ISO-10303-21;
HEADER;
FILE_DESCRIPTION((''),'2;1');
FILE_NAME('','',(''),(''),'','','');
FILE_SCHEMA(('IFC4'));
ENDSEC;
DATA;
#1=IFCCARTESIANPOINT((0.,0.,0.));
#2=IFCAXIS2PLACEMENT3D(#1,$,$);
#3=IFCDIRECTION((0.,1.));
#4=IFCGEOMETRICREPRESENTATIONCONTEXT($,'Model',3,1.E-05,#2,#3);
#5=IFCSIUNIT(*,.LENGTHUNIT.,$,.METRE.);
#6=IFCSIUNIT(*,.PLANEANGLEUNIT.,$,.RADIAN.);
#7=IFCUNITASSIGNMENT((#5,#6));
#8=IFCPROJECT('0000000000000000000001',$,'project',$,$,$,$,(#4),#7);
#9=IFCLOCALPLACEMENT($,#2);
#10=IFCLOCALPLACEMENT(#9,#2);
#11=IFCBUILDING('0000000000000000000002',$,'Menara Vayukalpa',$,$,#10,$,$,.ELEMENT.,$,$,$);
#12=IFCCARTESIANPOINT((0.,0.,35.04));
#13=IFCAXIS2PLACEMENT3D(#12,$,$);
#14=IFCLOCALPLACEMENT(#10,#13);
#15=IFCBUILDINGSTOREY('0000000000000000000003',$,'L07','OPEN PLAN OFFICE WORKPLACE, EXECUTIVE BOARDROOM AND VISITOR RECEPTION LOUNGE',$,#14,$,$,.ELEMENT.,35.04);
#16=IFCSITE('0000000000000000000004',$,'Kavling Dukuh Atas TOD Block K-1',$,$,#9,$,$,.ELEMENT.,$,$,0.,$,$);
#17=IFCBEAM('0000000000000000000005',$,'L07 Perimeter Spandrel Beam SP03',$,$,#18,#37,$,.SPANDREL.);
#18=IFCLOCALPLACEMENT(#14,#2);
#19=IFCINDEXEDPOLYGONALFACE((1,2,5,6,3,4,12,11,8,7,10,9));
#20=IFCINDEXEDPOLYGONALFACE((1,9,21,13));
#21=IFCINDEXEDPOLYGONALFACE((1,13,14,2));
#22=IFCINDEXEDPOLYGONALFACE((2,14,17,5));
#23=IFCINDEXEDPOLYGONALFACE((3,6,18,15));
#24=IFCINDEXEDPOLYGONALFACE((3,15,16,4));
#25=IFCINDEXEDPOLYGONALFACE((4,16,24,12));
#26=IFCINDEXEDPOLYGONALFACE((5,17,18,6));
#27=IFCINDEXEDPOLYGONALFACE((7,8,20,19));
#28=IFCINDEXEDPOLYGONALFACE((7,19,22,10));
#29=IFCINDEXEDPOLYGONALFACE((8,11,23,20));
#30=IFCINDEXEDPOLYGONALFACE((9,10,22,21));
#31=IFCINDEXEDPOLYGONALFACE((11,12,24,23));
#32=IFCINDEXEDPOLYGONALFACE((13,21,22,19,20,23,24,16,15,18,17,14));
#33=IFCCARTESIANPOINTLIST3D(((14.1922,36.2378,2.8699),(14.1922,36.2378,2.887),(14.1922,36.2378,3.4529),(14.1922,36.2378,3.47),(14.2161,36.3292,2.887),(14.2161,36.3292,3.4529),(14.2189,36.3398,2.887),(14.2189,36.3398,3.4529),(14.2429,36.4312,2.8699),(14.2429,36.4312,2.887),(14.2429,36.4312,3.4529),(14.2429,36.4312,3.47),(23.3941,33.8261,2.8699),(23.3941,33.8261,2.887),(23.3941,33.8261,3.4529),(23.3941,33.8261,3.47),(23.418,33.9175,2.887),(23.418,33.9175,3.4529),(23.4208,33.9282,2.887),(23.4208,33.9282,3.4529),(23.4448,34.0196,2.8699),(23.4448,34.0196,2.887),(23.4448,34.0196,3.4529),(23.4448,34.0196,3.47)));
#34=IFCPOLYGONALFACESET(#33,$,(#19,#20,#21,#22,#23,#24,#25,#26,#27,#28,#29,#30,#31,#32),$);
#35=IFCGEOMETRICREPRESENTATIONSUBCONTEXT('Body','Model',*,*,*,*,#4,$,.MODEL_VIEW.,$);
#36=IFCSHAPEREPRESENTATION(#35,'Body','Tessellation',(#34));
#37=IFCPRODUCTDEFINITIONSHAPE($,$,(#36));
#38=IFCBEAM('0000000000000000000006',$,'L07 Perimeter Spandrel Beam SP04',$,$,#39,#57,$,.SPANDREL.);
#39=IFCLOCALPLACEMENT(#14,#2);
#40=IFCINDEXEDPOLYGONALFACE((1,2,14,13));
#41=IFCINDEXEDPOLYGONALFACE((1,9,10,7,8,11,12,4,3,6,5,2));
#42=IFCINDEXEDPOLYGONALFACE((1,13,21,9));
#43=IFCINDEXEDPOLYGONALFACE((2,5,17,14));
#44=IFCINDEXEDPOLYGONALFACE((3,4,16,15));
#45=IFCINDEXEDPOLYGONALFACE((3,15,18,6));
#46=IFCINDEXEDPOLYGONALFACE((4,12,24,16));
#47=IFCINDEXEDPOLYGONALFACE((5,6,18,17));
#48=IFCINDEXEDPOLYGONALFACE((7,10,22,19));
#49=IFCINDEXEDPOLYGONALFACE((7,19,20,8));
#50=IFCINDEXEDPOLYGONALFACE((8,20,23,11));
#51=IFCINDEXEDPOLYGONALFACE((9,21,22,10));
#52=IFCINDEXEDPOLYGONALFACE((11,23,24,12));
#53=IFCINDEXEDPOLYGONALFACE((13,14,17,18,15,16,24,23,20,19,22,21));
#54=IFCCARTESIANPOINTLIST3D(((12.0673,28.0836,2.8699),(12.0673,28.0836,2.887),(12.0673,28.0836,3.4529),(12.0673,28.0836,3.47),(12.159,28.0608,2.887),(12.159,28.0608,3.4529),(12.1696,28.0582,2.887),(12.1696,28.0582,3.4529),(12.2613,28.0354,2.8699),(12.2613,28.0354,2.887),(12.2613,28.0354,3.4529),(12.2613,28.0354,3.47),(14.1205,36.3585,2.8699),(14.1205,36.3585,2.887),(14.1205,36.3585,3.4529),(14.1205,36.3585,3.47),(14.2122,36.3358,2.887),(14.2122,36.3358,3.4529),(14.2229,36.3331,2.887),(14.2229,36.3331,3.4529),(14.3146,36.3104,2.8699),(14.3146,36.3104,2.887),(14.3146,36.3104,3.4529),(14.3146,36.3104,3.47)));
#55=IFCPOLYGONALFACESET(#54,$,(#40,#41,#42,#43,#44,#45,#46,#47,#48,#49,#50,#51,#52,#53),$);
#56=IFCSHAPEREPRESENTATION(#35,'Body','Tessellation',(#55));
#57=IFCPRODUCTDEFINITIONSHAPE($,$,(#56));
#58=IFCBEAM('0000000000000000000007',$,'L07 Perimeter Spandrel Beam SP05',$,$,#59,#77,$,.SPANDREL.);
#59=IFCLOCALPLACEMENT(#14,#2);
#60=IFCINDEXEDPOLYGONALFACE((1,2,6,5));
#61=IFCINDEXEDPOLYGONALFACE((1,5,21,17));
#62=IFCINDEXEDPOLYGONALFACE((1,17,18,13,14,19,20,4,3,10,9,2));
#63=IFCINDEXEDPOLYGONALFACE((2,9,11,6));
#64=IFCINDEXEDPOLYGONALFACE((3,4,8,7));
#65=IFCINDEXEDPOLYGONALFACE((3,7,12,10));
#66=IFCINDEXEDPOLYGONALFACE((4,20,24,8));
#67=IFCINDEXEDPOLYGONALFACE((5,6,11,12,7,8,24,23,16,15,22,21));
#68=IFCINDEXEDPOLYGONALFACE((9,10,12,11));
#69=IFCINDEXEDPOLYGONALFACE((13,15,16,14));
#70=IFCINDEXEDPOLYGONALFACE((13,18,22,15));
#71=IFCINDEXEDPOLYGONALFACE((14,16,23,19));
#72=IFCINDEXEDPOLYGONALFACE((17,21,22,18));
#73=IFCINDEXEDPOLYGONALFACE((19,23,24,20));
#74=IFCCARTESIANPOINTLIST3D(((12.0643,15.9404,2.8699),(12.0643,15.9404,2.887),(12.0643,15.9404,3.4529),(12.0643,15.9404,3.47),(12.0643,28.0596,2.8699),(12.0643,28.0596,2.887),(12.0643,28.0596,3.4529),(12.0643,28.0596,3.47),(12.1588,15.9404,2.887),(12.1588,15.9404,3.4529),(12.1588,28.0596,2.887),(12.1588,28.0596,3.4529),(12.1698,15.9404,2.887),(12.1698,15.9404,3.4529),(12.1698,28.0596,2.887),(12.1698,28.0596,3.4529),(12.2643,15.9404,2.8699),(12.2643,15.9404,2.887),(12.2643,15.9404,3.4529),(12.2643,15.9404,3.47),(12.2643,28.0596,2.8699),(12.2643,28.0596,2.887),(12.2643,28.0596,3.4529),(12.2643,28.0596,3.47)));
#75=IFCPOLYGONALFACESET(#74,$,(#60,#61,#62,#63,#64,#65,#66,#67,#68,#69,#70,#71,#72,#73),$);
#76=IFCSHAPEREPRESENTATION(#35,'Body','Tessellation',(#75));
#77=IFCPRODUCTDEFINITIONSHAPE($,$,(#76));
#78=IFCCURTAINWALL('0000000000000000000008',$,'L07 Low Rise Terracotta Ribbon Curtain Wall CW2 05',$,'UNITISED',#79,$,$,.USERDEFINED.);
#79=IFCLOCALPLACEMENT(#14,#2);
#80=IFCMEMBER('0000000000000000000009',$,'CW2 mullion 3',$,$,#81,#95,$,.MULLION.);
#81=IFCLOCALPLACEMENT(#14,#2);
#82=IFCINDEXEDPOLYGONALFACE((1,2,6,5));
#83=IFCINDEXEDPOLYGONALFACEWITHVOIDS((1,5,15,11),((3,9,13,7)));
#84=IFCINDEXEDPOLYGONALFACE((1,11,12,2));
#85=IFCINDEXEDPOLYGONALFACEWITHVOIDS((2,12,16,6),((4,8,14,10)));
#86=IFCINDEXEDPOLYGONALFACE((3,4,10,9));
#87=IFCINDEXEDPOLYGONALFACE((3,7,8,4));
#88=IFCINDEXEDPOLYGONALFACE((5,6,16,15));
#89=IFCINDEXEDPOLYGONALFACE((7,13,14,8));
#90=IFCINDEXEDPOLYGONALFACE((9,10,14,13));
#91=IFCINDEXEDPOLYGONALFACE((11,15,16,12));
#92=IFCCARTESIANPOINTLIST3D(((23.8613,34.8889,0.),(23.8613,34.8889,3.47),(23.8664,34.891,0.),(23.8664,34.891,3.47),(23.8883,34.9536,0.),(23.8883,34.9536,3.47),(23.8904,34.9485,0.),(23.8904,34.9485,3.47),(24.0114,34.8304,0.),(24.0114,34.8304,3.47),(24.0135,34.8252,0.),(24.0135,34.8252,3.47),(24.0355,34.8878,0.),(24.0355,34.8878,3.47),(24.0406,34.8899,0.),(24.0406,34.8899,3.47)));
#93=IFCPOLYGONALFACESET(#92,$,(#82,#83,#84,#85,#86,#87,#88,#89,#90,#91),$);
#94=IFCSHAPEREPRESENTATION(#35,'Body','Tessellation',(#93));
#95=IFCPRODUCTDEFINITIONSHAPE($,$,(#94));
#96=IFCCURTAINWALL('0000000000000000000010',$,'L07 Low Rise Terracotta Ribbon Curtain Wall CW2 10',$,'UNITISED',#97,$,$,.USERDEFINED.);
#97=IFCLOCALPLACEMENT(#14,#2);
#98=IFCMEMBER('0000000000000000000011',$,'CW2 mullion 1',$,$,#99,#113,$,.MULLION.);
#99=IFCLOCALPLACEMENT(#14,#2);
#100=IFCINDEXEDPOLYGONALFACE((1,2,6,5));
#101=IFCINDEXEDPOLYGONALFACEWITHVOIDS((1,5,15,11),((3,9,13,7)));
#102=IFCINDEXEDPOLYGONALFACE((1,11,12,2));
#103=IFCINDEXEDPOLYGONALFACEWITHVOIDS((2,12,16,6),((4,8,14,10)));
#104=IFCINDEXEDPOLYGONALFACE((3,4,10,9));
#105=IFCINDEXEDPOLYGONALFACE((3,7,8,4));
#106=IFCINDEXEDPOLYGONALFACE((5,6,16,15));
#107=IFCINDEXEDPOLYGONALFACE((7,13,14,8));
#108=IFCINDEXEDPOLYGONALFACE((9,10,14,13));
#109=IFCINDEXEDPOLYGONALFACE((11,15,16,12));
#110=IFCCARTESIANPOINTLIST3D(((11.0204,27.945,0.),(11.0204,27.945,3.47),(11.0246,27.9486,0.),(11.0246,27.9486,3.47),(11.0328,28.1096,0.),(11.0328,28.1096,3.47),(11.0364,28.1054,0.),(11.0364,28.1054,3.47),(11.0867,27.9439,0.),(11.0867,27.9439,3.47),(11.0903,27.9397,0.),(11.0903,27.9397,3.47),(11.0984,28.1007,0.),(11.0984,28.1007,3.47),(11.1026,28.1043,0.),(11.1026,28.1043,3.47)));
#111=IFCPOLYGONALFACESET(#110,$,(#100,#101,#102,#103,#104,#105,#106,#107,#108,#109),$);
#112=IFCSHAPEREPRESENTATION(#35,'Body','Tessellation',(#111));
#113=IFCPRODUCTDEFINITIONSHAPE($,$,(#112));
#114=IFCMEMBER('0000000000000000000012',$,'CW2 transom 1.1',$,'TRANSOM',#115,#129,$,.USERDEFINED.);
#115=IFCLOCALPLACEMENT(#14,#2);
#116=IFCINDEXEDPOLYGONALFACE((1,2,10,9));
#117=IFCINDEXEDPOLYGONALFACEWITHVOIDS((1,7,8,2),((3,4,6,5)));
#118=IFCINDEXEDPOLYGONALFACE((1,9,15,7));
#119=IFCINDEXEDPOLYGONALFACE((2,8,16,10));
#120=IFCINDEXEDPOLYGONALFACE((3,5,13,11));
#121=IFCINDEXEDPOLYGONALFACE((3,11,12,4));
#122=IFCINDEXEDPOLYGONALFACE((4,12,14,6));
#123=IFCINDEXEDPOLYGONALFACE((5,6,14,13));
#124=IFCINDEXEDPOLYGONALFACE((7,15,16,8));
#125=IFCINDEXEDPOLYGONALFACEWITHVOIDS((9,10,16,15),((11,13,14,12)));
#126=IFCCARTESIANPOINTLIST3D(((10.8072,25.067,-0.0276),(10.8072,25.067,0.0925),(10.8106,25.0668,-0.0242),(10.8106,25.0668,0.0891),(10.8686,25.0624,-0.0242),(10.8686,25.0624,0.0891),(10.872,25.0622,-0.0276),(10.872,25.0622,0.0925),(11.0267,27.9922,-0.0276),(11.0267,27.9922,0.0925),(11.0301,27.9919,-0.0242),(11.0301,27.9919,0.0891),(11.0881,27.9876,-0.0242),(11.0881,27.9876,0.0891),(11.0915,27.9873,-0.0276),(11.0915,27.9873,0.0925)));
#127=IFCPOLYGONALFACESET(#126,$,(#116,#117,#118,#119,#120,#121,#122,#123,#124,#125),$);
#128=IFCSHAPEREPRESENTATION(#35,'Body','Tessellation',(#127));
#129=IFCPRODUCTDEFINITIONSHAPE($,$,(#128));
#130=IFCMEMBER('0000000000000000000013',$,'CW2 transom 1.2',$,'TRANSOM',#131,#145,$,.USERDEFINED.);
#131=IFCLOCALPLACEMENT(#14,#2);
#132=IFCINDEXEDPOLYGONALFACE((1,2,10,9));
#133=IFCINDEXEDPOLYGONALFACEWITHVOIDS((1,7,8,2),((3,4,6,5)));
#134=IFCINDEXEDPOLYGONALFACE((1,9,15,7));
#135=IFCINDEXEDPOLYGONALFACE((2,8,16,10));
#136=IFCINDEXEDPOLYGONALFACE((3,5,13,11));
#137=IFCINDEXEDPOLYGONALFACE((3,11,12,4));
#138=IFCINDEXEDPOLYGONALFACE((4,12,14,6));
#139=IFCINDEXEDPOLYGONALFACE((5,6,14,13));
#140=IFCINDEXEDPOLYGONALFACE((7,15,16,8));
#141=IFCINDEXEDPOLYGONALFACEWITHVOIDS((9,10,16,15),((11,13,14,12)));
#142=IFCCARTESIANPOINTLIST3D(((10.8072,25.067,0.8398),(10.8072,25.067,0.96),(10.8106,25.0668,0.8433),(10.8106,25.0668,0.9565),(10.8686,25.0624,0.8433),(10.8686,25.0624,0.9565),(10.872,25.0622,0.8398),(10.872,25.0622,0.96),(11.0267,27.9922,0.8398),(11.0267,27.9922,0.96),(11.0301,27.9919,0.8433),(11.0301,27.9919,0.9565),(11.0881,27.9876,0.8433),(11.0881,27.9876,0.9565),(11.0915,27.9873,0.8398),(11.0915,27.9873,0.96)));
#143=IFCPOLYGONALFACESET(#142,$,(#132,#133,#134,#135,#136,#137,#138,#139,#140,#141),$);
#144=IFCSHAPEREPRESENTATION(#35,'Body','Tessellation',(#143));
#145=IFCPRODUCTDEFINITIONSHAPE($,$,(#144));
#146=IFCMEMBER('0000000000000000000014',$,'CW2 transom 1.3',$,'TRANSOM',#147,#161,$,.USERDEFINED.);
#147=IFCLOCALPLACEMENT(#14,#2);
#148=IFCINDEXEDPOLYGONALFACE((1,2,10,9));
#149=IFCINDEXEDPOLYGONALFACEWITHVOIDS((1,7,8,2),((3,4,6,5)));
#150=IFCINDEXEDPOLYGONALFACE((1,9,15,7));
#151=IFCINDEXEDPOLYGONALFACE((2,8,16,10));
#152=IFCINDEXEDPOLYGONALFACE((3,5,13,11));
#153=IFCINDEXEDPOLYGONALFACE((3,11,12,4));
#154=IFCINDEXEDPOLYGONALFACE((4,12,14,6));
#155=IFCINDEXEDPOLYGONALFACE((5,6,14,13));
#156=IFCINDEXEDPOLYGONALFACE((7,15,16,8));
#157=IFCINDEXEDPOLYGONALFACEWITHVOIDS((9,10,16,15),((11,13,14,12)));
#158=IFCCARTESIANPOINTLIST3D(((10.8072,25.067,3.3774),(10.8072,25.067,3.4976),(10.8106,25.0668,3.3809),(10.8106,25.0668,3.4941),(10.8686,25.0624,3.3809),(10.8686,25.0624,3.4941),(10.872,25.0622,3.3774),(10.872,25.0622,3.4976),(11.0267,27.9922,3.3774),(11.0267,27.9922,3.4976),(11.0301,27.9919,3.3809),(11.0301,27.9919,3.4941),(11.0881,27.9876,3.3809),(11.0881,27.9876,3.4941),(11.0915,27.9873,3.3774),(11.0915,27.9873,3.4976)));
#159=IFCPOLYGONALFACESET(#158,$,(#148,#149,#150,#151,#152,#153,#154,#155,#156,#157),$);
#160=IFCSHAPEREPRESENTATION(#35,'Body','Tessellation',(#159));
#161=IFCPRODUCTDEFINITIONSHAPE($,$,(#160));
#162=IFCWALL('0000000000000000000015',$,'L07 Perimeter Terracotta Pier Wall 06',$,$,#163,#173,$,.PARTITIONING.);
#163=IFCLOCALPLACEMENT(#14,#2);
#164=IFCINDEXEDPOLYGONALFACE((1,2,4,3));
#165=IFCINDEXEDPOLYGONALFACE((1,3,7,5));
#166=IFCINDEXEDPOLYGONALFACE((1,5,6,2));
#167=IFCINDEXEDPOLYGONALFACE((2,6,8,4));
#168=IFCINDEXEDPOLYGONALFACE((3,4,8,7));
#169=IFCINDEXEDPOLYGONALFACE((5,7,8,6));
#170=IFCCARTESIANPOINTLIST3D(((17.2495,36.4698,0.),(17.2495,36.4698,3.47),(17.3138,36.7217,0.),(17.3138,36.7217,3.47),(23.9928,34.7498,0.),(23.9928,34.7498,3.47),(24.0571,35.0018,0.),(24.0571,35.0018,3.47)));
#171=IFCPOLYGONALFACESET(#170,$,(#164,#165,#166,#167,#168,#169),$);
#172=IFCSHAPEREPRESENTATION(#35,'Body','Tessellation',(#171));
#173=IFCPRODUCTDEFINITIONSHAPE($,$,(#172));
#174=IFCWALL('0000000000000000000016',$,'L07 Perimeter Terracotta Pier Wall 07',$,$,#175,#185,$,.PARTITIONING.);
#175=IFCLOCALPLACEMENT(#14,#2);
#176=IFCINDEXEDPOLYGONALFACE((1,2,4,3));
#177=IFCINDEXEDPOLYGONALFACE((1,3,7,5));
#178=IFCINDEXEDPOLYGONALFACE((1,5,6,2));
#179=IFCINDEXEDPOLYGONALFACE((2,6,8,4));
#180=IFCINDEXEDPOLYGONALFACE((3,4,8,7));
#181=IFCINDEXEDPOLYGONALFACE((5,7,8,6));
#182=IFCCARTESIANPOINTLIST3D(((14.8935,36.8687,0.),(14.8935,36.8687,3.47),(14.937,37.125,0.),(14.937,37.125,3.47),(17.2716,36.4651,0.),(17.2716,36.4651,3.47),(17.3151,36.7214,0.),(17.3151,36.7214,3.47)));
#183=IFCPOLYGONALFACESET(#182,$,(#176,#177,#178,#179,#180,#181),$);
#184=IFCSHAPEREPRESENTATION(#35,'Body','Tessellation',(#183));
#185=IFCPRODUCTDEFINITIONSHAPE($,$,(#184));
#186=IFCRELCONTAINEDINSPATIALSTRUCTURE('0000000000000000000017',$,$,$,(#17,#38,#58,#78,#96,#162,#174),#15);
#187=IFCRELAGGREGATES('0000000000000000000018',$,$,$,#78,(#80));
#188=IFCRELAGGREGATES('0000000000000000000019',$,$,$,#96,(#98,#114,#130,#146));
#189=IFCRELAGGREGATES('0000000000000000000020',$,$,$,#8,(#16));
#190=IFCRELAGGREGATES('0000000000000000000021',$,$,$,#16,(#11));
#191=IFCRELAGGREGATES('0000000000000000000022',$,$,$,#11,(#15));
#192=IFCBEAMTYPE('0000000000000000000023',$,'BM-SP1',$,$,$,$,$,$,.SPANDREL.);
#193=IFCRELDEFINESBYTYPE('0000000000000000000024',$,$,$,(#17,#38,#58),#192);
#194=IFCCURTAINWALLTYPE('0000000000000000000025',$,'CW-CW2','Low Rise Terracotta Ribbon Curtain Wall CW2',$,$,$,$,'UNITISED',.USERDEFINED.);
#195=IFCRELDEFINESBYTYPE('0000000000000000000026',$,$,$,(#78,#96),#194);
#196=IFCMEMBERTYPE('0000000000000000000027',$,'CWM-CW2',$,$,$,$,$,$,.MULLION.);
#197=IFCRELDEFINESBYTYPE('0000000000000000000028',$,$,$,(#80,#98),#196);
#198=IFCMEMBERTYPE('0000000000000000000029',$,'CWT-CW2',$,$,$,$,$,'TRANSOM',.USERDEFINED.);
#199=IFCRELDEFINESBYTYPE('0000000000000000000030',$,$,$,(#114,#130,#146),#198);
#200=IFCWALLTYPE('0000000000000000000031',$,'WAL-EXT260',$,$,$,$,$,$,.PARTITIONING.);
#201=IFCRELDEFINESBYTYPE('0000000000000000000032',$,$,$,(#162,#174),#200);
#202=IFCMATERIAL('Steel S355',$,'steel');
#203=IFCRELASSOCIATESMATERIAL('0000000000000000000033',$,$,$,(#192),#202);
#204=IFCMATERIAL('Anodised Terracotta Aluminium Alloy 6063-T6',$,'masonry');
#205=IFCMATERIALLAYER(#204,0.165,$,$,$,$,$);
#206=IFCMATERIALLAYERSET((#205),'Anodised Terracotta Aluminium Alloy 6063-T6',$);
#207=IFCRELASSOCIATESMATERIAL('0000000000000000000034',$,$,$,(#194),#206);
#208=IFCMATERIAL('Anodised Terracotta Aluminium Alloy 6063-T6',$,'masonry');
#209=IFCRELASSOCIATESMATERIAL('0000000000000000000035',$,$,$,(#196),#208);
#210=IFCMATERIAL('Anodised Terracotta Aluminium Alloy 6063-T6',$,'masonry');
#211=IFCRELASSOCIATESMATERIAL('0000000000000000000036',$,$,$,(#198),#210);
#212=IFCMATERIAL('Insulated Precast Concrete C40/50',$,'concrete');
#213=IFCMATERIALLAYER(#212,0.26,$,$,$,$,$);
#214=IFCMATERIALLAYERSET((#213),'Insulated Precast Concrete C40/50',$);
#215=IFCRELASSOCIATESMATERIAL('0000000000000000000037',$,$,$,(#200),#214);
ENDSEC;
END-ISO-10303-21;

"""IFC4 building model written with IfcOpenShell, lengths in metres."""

from ifc_helpers import new_model, si_unit, direction, frame, frame_2d, origin, origin_2d, place, context, subcontext, project, spatial, rectangle, hollow_rectangle, i_section, extrude, material, layer, layer_set, material_profile, profile_set, type_object, element, aggregate, save


model = new_model("IFC4")

# Units and contexts
model_context = context("Model", 3, precision=1e-05, world=origin(), true_north=direction((0.0, 1.0)))
body_context = subcontext(model_context, "Body", "Model", "MODEL_VIEW")
ifc_project = project(units=[si_unit("LENGTHUNIT", "METRE"), si_unit("PLANEANGLEUNIT", "RADIAN")], contexts=[model_context])

# Site, building, storey
site_placement = place(None, origin())
site = spatial("IfcSite", under=ifc_project, at=site_placement, Name="Kavling Dukuh Atas TOD Block K-1", CompositionType="ELEMENT", RefElevation=0.0)
building_placement = place(site_placement, origin())
building = spatial("IfcBuilding", under=site, at=building_placement, Name="Menara Vayukalpa", CompositionType="ELEMENT")
storey_placement = place(building_placement, frame((0.0, 0.0, 35.04)))
storey = spatial("IfcBuildingStorey", under=building, at=storey_placement, Name="L07", Description="OPEN PLAN OFFICE WORKPLACE, EXECUTIVE BOARDROOM AND VISITOR RECEPTION LOUNGE", CompositionType="ELEMENT", Elevation=35.04)

# Beams
ifc_material_1 = material(Name="Steel S355", Category="steel")
ifc_material_profile_1 = material_profile(ifc_material_1, i_section(OverallWidth=0.2, OverallDepth=0.6001, WebThickness=0.011, FlangeThickness=0.0171, at=origin_2d()), Name="WF 600x200x11x17")
ifc_profile_set_1 = profile_set([ifc_material_profile_1], Name="Steel S355")
beam_type_1 = type_object("IfcBeamType", Name="BM-SP1", PredefinedType="SPANDREL", material=ifc_profile_set_1)
beam_1_placement = place(storey_placement, frame((23.4194, 33.9229, 3.1699), z_axis=(-0.967331, 0.253517, 0.0), x_axis=(-0.253517, -0.967331, 0.0)))
element("IfcBeam", 1, at=beam_1_placement, inside=storey, type_object=beam_type_1, Name="L07 Perimeter Spandrel Beam SP03", PredefinedType="SPANDREL", context=body_context, shape_type="SweptSolid", body=[
    extrude(i_section(OverallWidth=0.2, OverallDepth=0.6001, WebThickness=0.011, FlangeThickness=0.0171, at=origin_2d()), origin(), (0.0, 0.0, 1.0), 9.5127),
])
beam_2_placement = place(storey_placement, frame((14.2175, 36.3345, 3.1699), z_axis=(-0.240824, -0.970569, 0.0), x_axis=(0.970569, -0.240824, 0.0)))
element("IfcBeam", 2, at=beam_2_placement, inside=storey, type_object=beam_type_1, Name="L07 Perimeter Spandrel Beam SP04", PredefinedType="SPANDREL", context=body_context, shape_type="SweptSolid", body=[
    extrude(i_section(OverallWidth=0.2, OverallDepth=0.6001, WebThickness=0.011, FlangeThickness=0.0171, at=origin_2d()), origin(), (0.0, 0.0, 1.0), 8.5259),
])
beam_3_placement = place(storey_placement, frame((12.1643, 28.0596, 3.1699), z_axis=(0.0, -1.0, 0.0), x_axis=(1.0, 0.0, 0.0)))
element("IfcBeam", 3, at=beam_3_placement, inside=storey, type_object=beam_type_1, Name="L07 Perimeter Spandrel Beam SP05", PredefinedType="SPANDREL", context=body_context, shape_type="SweptSolid", body=[
    extrude(i_section(OverallWidth=0.2, OverallDepth=0.6001, WebThickness=0.011, FlangeThickness=0.0171, at=origin_2d()), origin(), (0.0, 0.0, 1.0), 12.1191),
])

# Curtain wall, member
ifc_material_2 = material(Name="Anodised Terracotta Aluminium Alloy 6063-T6", Category="masonry")
ifc_layer_1 = layer(ifc_material_2, 0.165)
ifc_layer_set_1 = layer_set([ifc_layer_1], Name="Anodised Terracotta Aluminium Alloy 6063-T6")
curtain_wall_type = type_object("IfcCurtainWallType", Name="CW-CW2", Description="Low Rise Terracotta Ribbon Curtain Wall CW2", ElementType="UNITISED", PredefinedType="USERDEFINED", material=ifc_layer_set_1)
curtain_wall_1_placement = place(storey_placement, origin())
curtain_wall_1 = element("IfcCurtainWall", 4, at=curtain_wall_1_placement, inside=storey, type_object=curtain_wall_type, Name="L07 Low Rise Terracotta Ribbon Curtain Wall CW2 05", ObjectType="UNITISED", PredefinedType="USERDEFINED")
ifc_material_3 = material(Name="Anodised Terracotta Aluminium Alloy 6063-T6", Category="masonry")
ifc_material_profile_2 = material_profile(ifc_material_3, hollow_rectangle(XDim=0.0701, YDim=0.165, WallThickness=0.0039, at=origin_2d()), Name="ALU 70x165x4")
ifc_profile_set_2 = profile_set([ifc_material_profile_2], Name="Anodised Terracotta Aluminium Alloy 6063-T6")
member_type_1 = type_object("IfcMemberType", Name="CWM-CW2", PredefinedType="MULLION", material=ifc_profile_set_2)
member_1_placement = place(storey_placement, frame((23.9509, 34.8894, 0.0), z_axis=(0.0, 0.0, 1.0), x_axis=(-0.385895, -0.922543, 0.0)))
member_1 = element("IfcMember", 5, at=member_1_placement, type_object=member_type_1, Name="CW2 mullion 3", PredefinedType="MULLION", context=body_context, shape_type="SweptSolid", body=[
    extrude(hollow_rectangle(XDim=0.0701, YDim=0.165, WallThickness=0.0039, at=origin_2d()), origin(), (0.0, 0.0, 1.0), 3.47),
])
aggregate(curtain_wall_1, [member_1])

# Curtain wall, members
curtain_wall_2_placement = place(storey_placement, origin())
curtain_wall_2 = element("IfcCurtainWall", 6, at=curtain_wall_2_placement, inside=storey, type_object=curtain_wall_type, Name="L07 Low Rise Terracotta Ribbon Curtain Wall CW2 10", ObjectType="UNITISED", PredefinedType="USERDEFINED")
member_2_placement = place(storey_placement, frame((11.0615, 28.0247, 0.0), z_axis=(0.0, 0.0, 1.0), x_axis=(0.997199, -0.074795, 0.0)))
member_2 = element("IfcMember", 7, at=member_2_placement, type_object=member_type_1, Name="CW2 mullion 1", PredefinedType="MULLION", context=body_context, shape_type="SweptSolid", body=[
    extrude(hollow_rectangle(XDim=0.0701, YDim=0.165, WallThickness=0.0039, at=origin_2d()), origin(), (0.0, 0.0, 1.0), 3.47),
])
ifc_material_4 = material(Name="Anodised Terracotta Aluminium Alloy 6063-T6", Category="masonry")
ifc_material_profile_3 = material_profile(ifc_material_4, hollow_rectangle(XDim=0.0649, YDim=0.1201, WallThickness=0.0034, at=origin_2d()), Name="ALU 65x120x3.5")
ifc_profile_set_3 = profile_set([ifc_material_profile_3], Name="Anodised Terracotta Aluminium Alloy 6063-T6")
member_type_2 = type_object("IfcMemberType", Name="CWT-CW2", ElementType="TRANSOM", PredefinedType="USERDEFINED", material=ifc_profile_set_3)
member_3_placement = place(storey_placement, frame((11.0591, 27.9897, 0.0325), z_axis=(-0.074825, -0.997197, 0.0), x_axis=(0.997197, -0.074825, 0.0)))
member_3 = element("IfcMember", 8, at=member_3_placement, type_object=member_type_2, Name="CW2 transom 1.1", ObjectType="TRANSOM", PredefinedType="USERDEFINED", context=body_context, shape_type="SweptSolid", body=[
    extrude(hollow_rectangle(XDim=0.0649, YDim=0.1201, WallThickness=0.0034, at=origin_2d()), origin(), (0.0, 0.0, 1.0), 2.9333),
])
member_4_placement = place(storey_placement, frame((11.0591, 27.9897, 0.8999), z_axis=(-0.074825, -0.997197, 0.0), x_axis=(0.997197, -0.074825, 0.0)))
member_4 = element("IfcMember", 9, at=member_4_placement, type_object=member_type_2, Name="CW2 transom 1.2", ObjectType="TRANSOM", PredefinedType="USERDEFINED", context=body_context, shape_type="SweptSolid", body=[
    extrude(hollow_rectangle(XDim=0.0649, YDim=0.1201, WallThickness=0.0034, at=origin_2d()), origin(), (0.0, 0.0, 1.0), 2.9333),
])
member_5_placement = place(storey_placement, frame((11.0591, 27.9897, 3.4375), z_axis=(-0.074825, -0.997197, 0.0), x_axis=(0.997197, -0.074825, 0.0)))
member_5 = element("IfcMember", 10, at=member_5_placement, type_object=member_type_2, Name="CW2 transom 1.3", ObjectType="TRANSOM", PredefinedType="USERDEFINED", context=body_context, shape_type="SweptSolid", body=[
    extrude(hollow_rectangle(XDim=0.0649, YDim=0.1201, WallThickness=0.0034, at=origin_2d()), origin(), (0.0, 0.0, 1.0), 2.9333),
])
aggregate(curtain_wall_2, [member_2, member_3, member_4, member_5])

# Walls
ifc_material_5 = material(Name="Insulated Precast Concrete C40/50", Category="concrete")
ifc_layer_2 = layer(ifc_material_5, 0.26)
ifc_layer_set_2 = layer_set([ifc_layer_2], Name="Insulated Precast Concrete C40/50")
wall_type_1 = type_object("IfcWallType", Name="WAL-EXT260", PredefinedType="PARTITIONING", material=ifc_layer_set_2)
wall_1_placement = place(storey_placement, frame((17.2817, 36.5957, 0.0), z_axis=(0.0, 0.0, 1.0), x_axis=(0.968978, -0.247147, 0.0)))
element("IfcWall", 11, at=wall_1_placement, inside=storey, type_object=wall_type_1, Name="L07 Perimeter Terracotta Pier Wall 06", PredefinedType="PARTITIONING", context=body_context, shape_type="SweptSolid", body=[
    extrude(rectangle(XDim=6.9592, YDim=0.26, at=frame_2d((3.4795, 0.0))), origin(), (0.0, 0.0, 1.0), 3.47),
])
wall_2_placement = place(storey_placement, frame((14.9153, 36.9968, 0.0), z_axis=(0.0, 0.0, 1.0), x_axis=(0.985905, -0.167303, 0.0)))
element("IfcWall", 12, at=wall_2_placement, inside=storey, type_object=wall_type_1, Name="L07 Perimeter Terracotta Pier Wall 07", PredefinedType="PARTITIONING", context=body_context, shape_type="SweptSolid", body=[
    extrude(rectangle(XDim=2.4121, YDim=0.26, at=frame_2d((1.2061, 0.0))), origin(), (0.0, 0.0, 1.0), 3.47),
])

save(model, "model.ifc")
